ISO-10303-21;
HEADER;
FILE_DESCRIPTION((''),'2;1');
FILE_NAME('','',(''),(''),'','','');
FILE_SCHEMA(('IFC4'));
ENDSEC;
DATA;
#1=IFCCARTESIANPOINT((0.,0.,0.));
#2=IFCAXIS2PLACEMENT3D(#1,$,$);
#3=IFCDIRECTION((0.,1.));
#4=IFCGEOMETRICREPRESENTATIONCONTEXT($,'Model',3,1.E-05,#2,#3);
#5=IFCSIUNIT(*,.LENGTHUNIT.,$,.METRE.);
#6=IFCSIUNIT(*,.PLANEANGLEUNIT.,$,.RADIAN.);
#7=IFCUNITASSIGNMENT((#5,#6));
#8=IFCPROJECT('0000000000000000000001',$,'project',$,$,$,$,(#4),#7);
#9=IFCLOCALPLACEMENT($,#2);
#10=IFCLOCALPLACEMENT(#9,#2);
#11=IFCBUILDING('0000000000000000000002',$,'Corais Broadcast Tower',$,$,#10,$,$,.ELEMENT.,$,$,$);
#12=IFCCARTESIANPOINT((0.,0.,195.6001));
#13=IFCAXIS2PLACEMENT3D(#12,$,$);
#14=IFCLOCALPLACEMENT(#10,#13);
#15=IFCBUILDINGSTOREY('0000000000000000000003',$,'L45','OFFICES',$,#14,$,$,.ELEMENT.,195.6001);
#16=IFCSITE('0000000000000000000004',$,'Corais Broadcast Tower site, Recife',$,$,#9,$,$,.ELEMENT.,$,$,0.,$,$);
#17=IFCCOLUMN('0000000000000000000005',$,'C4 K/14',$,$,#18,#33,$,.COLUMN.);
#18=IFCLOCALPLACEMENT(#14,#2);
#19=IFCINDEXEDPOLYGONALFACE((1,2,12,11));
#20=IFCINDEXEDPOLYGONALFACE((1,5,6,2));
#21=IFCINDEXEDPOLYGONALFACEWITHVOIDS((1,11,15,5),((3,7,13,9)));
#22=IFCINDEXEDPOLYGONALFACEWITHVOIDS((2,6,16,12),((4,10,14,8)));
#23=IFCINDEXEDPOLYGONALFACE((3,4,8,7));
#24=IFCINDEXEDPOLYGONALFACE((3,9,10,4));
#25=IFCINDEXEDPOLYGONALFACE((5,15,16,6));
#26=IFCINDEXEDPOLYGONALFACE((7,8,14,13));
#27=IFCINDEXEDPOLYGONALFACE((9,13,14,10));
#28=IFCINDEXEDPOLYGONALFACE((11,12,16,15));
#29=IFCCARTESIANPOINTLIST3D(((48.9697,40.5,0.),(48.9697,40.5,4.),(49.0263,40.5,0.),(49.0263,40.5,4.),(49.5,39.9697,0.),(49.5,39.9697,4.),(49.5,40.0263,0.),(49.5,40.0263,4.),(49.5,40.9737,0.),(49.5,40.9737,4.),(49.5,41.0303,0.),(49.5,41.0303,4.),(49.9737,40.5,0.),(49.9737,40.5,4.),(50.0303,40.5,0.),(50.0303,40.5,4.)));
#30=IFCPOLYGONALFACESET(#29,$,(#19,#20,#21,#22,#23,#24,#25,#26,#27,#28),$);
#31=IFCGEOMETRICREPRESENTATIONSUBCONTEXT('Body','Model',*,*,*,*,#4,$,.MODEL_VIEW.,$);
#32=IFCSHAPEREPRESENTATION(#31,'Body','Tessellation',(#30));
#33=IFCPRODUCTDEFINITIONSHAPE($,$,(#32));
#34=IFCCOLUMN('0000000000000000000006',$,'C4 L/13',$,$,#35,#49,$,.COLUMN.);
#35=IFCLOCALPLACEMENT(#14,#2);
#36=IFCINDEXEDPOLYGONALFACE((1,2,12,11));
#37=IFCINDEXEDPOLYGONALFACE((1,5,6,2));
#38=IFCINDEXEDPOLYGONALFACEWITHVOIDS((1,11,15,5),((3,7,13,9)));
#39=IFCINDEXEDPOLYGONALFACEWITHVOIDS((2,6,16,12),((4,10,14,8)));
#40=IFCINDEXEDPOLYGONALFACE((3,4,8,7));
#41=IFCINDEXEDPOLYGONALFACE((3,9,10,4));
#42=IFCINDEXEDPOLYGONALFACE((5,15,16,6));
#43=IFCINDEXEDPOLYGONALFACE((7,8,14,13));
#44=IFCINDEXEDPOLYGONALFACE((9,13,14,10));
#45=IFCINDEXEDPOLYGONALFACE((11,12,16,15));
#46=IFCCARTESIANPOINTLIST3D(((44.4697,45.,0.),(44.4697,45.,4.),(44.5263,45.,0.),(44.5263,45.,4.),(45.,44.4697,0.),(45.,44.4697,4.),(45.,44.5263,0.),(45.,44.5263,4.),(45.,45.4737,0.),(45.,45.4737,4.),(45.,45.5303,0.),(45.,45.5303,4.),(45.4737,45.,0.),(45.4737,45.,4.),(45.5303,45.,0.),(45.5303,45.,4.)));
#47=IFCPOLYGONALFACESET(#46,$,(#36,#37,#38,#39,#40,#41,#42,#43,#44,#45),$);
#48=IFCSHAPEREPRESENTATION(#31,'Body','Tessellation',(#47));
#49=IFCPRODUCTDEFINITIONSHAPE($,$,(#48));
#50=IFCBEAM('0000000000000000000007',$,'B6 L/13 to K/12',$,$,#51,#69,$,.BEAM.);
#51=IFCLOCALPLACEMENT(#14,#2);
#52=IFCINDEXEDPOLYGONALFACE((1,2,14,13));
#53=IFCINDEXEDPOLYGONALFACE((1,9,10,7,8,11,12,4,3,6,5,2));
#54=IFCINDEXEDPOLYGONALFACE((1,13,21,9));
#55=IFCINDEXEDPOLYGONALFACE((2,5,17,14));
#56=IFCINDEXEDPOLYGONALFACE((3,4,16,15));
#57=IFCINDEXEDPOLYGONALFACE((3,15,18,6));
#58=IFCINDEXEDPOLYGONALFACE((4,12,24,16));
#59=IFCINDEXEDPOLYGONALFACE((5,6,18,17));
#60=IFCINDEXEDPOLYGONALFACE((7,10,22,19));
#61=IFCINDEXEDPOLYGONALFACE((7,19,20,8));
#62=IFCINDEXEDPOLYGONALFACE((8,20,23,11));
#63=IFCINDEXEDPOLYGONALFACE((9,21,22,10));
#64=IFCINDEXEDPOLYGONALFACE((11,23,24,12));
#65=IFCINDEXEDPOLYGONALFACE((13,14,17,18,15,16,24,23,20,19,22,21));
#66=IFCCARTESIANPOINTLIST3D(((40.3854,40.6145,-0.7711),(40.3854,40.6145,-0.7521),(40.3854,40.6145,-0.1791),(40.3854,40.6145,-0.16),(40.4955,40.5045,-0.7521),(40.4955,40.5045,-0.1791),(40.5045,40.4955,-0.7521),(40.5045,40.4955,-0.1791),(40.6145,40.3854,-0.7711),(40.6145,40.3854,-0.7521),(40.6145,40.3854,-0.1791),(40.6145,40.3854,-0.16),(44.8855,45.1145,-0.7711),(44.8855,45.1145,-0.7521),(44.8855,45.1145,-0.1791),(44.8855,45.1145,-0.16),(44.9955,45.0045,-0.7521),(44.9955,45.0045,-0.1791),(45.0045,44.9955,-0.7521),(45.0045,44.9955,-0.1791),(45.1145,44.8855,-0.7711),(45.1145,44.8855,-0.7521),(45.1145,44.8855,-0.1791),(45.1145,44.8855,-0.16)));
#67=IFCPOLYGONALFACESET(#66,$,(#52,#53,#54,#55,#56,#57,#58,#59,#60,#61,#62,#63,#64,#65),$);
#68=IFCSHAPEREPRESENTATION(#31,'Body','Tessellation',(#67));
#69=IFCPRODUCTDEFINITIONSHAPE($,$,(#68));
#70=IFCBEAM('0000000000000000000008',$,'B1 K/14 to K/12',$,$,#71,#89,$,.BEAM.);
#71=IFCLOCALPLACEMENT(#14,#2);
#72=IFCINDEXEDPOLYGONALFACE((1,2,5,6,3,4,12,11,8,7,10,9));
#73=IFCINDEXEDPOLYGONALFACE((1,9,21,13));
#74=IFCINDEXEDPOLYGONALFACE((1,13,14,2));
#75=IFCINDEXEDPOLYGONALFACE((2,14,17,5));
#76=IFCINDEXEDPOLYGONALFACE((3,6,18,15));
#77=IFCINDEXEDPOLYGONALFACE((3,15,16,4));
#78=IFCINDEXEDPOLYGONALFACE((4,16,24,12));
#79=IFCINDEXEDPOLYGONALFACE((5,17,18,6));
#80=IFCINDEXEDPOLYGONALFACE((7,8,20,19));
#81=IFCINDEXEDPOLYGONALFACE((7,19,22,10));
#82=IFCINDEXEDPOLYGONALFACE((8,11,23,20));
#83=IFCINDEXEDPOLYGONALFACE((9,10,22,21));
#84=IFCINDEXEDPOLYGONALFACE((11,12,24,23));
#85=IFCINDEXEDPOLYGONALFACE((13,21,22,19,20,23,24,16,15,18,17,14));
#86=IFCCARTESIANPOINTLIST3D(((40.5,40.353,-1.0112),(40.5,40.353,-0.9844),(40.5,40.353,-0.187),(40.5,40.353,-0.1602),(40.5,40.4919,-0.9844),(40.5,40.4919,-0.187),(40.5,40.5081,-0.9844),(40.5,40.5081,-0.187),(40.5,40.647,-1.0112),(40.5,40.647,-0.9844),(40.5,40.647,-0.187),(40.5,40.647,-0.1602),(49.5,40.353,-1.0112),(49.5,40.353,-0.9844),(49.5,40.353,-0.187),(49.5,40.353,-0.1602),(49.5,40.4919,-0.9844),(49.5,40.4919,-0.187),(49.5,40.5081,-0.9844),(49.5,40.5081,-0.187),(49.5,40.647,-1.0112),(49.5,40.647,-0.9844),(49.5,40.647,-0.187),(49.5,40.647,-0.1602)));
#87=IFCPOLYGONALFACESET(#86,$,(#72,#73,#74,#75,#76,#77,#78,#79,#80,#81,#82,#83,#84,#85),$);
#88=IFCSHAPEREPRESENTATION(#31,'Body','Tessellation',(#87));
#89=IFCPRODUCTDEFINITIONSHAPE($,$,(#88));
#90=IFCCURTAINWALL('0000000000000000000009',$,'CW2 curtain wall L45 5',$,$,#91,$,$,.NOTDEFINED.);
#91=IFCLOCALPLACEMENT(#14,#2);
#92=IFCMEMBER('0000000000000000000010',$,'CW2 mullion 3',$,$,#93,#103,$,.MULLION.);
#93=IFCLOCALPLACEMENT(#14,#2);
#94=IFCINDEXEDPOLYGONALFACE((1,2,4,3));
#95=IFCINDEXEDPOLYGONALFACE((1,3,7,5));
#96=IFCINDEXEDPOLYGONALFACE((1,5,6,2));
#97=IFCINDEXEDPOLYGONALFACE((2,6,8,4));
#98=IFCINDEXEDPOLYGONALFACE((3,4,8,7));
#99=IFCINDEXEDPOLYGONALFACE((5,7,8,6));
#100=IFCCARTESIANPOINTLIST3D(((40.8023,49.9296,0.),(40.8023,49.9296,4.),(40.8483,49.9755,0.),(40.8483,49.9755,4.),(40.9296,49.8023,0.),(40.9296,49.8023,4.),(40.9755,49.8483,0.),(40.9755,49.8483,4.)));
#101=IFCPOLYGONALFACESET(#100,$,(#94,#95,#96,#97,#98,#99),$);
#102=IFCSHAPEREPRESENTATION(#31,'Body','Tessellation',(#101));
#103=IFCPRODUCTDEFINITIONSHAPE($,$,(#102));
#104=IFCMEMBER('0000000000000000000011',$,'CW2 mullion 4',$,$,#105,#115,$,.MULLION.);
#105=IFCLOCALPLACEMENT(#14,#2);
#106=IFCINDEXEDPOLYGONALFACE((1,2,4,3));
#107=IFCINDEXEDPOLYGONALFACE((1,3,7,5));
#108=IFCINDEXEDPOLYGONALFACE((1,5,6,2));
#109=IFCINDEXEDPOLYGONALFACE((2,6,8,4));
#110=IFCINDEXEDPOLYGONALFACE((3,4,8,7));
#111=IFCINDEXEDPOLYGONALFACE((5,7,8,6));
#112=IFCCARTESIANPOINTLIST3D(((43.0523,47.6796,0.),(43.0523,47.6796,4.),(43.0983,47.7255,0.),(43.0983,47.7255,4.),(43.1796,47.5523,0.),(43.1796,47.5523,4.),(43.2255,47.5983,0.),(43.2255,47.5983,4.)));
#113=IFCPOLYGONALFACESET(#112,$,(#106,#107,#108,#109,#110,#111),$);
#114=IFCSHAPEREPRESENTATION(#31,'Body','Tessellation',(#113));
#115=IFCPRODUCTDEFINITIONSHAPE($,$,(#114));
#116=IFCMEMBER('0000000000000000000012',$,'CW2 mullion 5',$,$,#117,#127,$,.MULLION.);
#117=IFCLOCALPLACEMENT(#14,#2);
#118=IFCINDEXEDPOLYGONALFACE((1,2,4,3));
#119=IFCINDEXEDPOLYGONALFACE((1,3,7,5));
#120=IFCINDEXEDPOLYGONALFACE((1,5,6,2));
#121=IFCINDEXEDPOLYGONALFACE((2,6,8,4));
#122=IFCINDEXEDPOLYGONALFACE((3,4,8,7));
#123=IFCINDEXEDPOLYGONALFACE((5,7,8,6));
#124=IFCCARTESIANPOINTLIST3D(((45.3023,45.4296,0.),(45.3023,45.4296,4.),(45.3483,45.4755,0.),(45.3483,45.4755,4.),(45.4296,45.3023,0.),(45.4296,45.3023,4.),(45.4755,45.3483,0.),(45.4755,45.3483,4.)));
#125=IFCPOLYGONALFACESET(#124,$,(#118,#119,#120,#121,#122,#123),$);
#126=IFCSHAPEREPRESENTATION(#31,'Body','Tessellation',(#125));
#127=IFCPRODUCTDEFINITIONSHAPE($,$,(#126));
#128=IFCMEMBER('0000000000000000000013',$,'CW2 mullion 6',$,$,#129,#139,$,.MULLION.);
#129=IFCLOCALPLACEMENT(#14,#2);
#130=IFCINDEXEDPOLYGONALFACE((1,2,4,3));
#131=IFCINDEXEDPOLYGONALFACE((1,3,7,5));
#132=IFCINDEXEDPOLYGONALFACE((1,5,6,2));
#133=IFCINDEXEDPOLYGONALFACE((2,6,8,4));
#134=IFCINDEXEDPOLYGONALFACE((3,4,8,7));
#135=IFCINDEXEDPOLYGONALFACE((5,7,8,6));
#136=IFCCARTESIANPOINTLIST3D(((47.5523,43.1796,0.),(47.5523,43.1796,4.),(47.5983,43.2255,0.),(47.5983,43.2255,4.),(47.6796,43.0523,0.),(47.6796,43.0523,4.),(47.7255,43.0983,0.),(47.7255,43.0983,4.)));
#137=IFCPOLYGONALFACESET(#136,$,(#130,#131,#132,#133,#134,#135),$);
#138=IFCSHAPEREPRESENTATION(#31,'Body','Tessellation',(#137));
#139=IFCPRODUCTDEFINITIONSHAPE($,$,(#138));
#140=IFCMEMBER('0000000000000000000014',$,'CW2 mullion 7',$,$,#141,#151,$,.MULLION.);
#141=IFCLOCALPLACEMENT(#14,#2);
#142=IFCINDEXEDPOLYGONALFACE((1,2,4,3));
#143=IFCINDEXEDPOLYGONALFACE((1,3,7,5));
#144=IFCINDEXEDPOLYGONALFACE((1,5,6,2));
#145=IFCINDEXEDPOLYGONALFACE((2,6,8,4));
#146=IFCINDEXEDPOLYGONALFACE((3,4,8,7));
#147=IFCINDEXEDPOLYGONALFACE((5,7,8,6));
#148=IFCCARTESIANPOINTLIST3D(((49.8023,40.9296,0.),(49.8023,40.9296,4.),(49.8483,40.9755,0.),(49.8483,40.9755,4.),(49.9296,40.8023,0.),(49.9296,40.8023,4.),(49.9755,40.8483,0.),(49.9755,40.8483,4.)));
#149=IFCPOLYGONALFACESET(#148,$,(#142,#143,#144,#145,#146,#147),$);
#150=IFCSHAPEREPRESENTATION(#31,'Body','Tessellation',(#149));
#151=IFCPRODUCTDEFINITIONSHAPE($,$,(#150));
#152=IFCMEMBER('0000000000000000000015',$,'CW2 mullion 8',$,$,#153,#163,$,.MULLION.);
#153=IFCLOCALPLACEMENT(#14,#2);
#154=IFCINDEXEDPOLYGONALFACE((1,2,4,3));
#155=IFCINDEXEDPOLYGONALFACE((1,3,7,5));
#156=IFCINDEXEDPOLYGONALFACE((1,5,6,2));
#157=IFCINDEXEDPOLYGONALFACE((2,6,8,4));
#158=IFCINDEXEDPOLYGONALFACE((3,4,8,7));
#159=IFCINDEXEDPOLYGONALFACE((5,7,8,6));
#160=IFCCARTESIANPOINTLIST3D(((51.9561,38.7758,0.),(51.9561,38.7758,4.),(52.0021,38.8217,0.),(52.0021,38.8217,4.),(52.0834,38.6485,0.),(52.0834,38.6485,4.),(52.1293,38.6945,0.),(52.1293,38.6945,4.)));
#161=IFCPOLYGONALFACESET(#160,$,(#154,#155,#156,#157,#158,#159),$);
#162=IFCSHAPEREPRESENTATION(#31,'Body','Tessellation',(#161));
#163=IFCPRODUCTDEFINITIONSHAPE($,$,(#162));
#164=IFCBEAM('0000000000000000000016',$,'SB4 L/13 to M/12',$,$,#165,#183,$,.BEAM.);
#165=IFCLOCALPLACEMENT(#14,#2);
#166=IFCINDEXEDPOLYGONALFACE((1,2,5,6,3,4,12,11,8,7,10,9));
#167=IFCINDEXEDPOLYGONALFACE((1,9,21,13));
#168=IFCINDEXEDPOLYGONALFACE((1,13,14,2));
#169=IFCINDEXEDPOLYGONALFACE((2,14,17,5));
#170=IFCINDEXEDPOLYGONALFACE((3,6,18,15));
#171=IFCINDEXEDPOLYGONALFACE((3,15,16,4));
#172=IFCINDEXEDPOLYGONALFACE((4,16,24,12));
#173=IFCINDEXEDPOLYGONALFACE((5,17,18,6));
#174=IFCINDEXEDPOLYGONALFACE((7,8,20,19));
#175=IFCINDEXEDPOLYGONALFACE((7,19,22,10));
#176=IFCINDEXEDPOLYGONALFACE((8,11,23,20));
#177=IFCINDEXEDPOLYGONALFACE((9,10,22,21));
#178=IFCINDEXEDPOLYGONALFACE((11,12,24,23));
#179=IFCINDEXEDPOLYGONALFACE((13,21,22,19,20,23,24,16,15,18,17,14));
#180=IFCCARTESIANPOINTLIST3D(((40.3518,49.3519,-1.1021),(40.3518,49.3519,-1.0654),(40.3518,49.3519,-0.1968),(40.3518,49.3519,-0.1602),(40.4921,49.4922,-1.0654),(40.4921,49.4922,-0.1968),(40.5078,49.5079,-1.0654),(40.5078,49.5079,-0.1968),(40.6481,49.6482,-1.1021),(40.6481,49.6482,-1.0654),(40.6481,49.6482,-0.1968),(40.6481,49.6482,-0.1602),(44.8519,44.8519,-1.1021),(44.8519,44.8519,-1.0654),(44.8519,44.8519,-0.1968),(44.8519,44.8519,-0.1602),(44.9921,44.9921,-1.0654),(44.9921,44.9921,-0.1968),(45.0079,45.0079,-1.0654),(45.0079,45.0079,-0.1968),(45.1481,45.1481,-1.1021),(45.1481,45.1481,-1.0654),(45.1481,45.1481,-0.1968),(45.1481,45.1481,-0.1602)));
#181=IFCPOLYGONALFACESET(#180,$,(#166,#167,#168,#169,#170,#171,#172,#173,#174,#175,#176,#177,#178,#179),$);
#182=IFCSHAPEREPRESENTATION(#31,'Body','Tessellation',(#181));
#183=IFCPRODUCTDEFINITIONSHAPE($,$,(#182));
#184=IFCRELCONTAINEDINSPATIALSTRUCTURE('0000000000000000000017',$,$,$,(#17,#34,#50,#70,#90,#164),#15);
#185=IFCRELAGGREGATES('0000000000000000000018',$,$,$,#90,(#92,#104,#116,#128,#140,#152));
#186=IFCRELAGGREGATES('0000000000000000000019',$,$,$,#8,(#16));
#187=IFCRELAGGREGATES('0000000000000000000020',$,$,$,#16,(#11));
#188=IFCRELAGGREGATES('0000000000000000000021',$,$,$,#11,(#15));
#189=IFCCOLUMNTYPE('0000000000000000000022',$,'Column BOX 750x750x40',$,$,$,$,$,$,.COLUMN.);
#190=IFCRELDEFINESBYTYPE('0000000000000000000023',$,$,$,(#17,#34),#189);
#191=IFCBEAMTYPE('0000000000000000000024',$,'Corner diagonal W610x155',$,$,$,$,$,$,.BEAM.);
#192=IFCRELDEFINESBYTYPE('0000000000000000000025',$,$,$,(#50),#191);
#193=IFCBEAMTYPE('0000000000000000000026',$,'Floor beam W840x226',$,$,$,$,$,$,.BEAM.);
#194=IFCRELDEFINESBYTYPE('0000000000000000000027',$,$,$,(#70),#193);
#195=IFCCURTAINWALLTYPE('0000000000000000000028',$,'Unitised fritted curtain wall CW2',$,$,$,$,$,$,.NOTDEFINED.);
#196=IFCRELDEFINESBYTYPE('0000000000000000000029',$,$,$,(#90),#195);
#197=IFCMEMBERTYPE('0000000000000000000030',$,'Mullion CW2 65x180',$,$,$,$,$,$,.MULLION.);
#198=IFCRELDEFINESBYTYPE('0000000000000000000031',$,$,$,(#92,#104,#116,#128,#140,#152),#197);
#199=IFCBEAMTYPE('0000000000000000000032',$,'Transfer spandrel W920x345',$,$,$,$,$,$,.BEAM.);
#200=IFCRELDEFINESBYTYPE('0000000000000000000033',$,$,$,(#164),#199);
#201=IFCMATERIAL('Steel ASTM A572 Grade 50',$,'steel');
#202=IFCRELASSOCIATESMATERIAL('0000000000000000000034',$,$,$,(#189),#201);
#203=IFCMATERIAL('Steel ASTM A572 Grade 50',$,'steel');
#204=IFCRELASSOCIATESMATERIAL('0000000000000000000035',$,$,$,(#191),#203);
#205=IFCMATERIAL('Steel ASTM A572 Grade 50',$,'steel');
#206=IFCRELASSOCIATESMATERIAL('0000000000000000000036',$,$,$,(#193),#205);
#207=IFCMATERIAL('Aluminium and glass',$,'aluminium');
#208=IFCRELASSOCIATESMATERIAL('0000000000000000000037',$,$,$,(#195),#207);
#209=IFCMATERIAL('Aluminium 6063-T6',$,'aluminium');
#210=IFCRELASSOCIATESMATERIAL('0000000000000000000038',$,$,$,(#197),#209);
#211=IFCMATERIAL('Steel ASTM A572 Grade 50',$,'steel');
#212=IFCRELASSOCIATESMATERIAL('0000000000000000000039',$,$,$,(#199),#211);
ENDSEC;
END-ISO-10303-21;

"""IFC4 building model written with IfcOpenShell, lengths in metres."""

from ifc_helpers import new_model, si_unit, direction, frame, origin, origin_2d, place, context, subcontext, project, spatial, rectangle, hollow_rectangle, i_section, extrude, material, material_profile, profile_set, type_object, element, aggregate, save


model = new_model("IFC4")

# Units and contexts
model_context = context("Model", 3, precision=1e-05, world=origin(), true_north=direction((0.0, 1.0)))
body_context = subcontext(model_context, "Body", "Model", "MODEL_VIEW")
ifc_project = project(units=[si_unit("LENGTHUNIT", "METRE"), si_unit("PLANEANGLEUNIT", "RADIAN")], contexts=[model_context])

# Site, building, storey
site_placement = place(None, origin())
site = spatial("IfcSite", under=ifc_project, at=site_placement, Name="Corais Broadcast Tower site, Recife", CompositionType="ELEMENT", RefElevation=0.0)
building_placement = place(site_placement, origin())
building = spatial("IfcBuilding", under=site, at=building_placement, Name="Corais Broadcast Tower", CompositionType="ELEMENT")
storey_placement = place(building_placement, frame((0.0, 0.0, 195.6001)))
storey = spatial("IfcBuildingStorey", under=building, at=storey_placement, Name="L45", Description="OFFICES", CompositionType="ELEMENT", Elevation=195.6001)

# Columns
ifc_material_1 = material(Name="Steel ASTM A572 Grade 50", Category="steel")
ifc_material_profile_1 = material_profile(ifc_material_1, hollow_rectangle(XDim=0.75, YDim=0.75, WallThickness=0.04, at=origin_2d()), Name="BOX 750x750x40")
ifc_profile_set_1 = profile_set([ifc_material_profile_1], Name="Steel ASTM A572 Grade 50")
column_type = type_object("IfcColumnType", Name="Column BOX 750x750x40", PredefinedType="COLUMN", material=ifc_profile_set_1)
for number, where, z_axis, x_axis, name in (
    (1, (49.5, 40.5, 0.0), (0.0, 0.0, 1.0), (0.707107, 0.707107, 0.0), "C4 K/14"),
    (2, (45.0, 45.0, 0.0), (0.0, 0.0, 1.0), (0.707107, 0.707107, 0.0), "C4 L/13"),
):
    element("IfcColumn", number, at=place(storey_placement, frame(where, z_axis=z_axis, x_axis=x_axis)), inside=storey, type_object=column_type, Name=name, PredefinedType="COLUMN", context=body_context, shape_type="SweptSolid", body=[
        extrude(hollow_rectangle(XDim=0.75, YDim=0.75, WallThickness=0.04, at=origin_2d()), origin(), (0.0, 0.0, 1.0), 4.0),
    ])

# Beams
ifc_material_2 = material(Name="Steel ASTM A572 Grade 50", Category="steel")
ifc_material_profile_2 = material_profile(ifc_material_2, i_section(OverallWidth=0.324, OverallDepth=0.6111, WebThickness=0.0127, FlangeThickness=0.019, at=origin_2d()), Name="W610x155")
ifc_profile_set_2 = profile_set([ifc_material_profile_2], Name="Steel ASTM A572 Grade 50")
beam_type_1 = type_object("IfcBeamType", Name="Corner diagonal W610x155", PredefinedType="BEAM", material=ifc_profile_set_2)
beam_1_placement = place(storey_placement, frame((45.0, 45.0, -0.4656), z_axis=(-0.707107, -0.707107, 0.0), x_axis=(0.707107, -0.707107, 0.0)))
element("IfcBeam", 3, at=beam_1_placement, inside=storey, type_object=beam_type_1, Name="B6 L/13 to K/12", PredefinedType="BEAM", context=body_context, shape_type="SweptSolid", body=[
    extrude(i_section(OverallWidth=0.324, OverallDepth=0.6111, WebThickness=0.0127, FlangeThickness=0.019, at=origin_2d()), origin(), (0.0, 0.0, 1.0), 6.364),
])
ifc_material_3 = material(Name="Steel ASTM A572 Grade 50", Category="steel")
ifc_material_profile_3 = material_profile(ifc_material_3, i_section(OverallWidth=0.2939, OverallDepth=0.8511, WebThickness=0.0161, FlangeThickness=0.0269, at=origin_2d()), Name="W840x226")
ifc_profile_set_3 = profile_set([ifc_material_profile_3], Name="Steel ASTM A572 Grade 50")
beam_type_2 = type_object("IfcBeamType", Name="Floor beam W840x226", PredefinedType="BEAM", material=ifc_profile_set_3)
beam_2_placement = place(storey_placement, frame((49.5, 40.5, -0.5857), z_axis=(-1.0, 0.0, 0.0), x_axis=(0.0, -1.0, 0.0)))
element("IfcBeam", 4, at=beam_2_placement, inside=storey, type_object=beam_type_2, Name="B1 K/14 to K/12", PredefinedType="BEAM", context=body_context, shape_type="SweptSolid", body=[
    extrude(i_section(OverallWidth=0.2939, OverallDepth=0.8511, WebThickness=0.0161, FlangeThickness=0.0269, at=origin_2d()), origin(), (0.0, 0.0, 1.0), 9.0),
])

# Curtain wall, members
ifc_material_4 = material(Name="Aluminium and glass", Category="aluminium")
curtain_wall_type = type_object("IfcCurtainWallType", Name="Unitised fritted curtain wall CW2", PredefinedType="NOTDEFINED", material=ifc_material_4)
curtain_wall_placement = place(storey_placement, origin())
curtain_wall = element("IfcCurtainWall", 5, at=curtain_wall_placement, inside=storey, type_object=curtain_wall_type, Name="CW2 curtain wall L45 5", PredefinedType="NOTDEFINED")
ifc_material_5 = material(Name="Aluminium 6063-T6", Category="aluminium")
ifc_material_profile_4 = material_profile(ifc_material_5, rectangle(XDim=0.0649, YDim=0.1799, at=origin_2d()), Name="Mullion CW2 65x180")
ifc_profile_set_4 = profile_set([ifc_material_profile_4], Name="Aluminium 6063-T6")
member_type_1 = type_object("IfcMemberType", Name="Mullion CW2 65x180", PredefinedType="MULLION", material=ifc_profile_set_4)
member_1_placement = place(storey_placement, frame((40.8889, 49.8889, 0.0), z_axis=(0.0, 0.0, 1.0), x_axis=(0.707107, 0.707107, 0.0)))
member_1 = element("IfcMember", 6, at=member_1_placement, type_object=member_type_1, Name="CW2 mullion 3", PredefinedType="MULLION", context=body_context, shape_type="SweptSolid", body=[
    extrude(rectangle(XDim=0.0649, YDim=0.1799, at=origin_2d()), origin(), (0.0, 0.0, 1.0), 4.0),
])
member_2_placement = place(storey_placement, frame((43.1389, 47.6389, 0.0), z_axis=(0.0, 0.0, 1.0), x_axis=(0.707107, 0.707107, 0.0)))
member_2 = element("IfcMember", 7, at=member_2_placement, type_object=member_type_1, Name="CW2 mullion 4", PredefinedType="MULLION", context=body_context, shape_type="SweptSolid", body=[
    extrude(rectangle(XDim=0.0649, YDim=0.1799, at=origin_2d()), origin(), (0.0, 0.0, 1.0), 4.0),
])
member_3_placement = place(storey_placement, frame((45.3889, 45.3889, 0.0), z_axis=(0.0, 0.0, 1.0), x_axis=(0.707107, 0.707107, 0.0)))
member_3 = element("IfcMember", 8, at=member_3_placement, type_object=member_type_1, Name="CW2 mullion 5", PredefinedType="MULLION", context=body_context, shape_type="SweptSolid", body=[
    extrude(rectangle(XDim=0.0649, YDim=0.1799, at=origin_2d()), origin(), (0.0, 0.0, 1.0), 4.0),
])
member_4_placement = place(storey_placement, frame((47.6389, 43.1389, 0.0), z_axis=(0.0, 0.0, 1.0), x_axis=(0.707107, 0.707107, 0.0)))
member_4 = element("IfcMember", 9, at=member_4_placement, type_object=member_type_1, Name="CW2 mullion 6", PredefinedType="MULLION", context=body_context, shape_type="SweptSolid", body=[
    extrude(rectangle(XDim=0.0649, YDim=0.1799, at=origin_2d()), origin(), (0.0, 0.0, 1.0), 4.0),
])
member_5_placement = place(storey_placement, frame((49.8889, 40.8889, 0.0), z_axis=(0.0, 0.0, 1.0), x_axis=(0.707107, 0.707107, 0.0)))
member_5 = element("IfcMember", 10, at=member_5_placement, type_object=member_type_1, Name="CW2 mullion 7", PredefinedType="MULLION", context=body_context, shape_type="SweptSolid", body=[
    extrude(rectangle(XDim=0.0649, YDim=0.1799, at=origin_2d()), origin(), (0.0, 0.0, 1.0), 4.0),
])
member_6_placement = place(storey_placement, frame((52.0427, 38.7351, 0.0), z_axis=(0.0, 0.0, 1.0), x_axis=(0.707107, 0.707107, 0.0)))
member_6 = element("IfcMember", 11, at=member_6_placement, type_object=member_type_1, Name="CW2 mullion 8", PredefinedType="MULLION", context=body_context, shape_type="SweptSolid", body=[
    extrude(rectangle(XDim=0.0649, YDim=0.1799, at=origin_2d()), origin(), (0.0, 0.0, 1.0), 4.0),
])

# Beam
ifc_material_6 = material(Name="Steel ASTM A572 Grade 50", Category="steel")
ifc_material_profile_5 = material_profile(ifc_material_6, i_section(OverallWidth=0.4189, OverallDepth=0.9419, WebThickness=0.0222, FlangeThickness=0.0366, at=origin_2d()), Name="W920x345")
ifc_profile_set_5 = profile_set([ifc_material_profile_5], Name="Steel ASTM A572 Grade 50")
beam_type_3 = type_object("IfcBeamType", Name="Transfer spandrel W920x345", PredefinedType="BEAM", material=ifc_profile_set_5)
for number, where, z_axis, x_axis, name in (
    (12, (45.0, 45.0, -0.6311), (-0.707107, 0.707107, 0.0), (-0.707107, -0.707107, 0.0), "SB4 L/13 to M/12"),
):
    element("IfcBeam", number, at=place(storey_placement, frame(where, z_axis=z_axis, x_axis=x_axis)), inside=storey, type_object=beam_type_3, Name=name, PredefinedType="BEAM", context=body_context, shape_type="SweptSolid", body=[
        extrude(i_section(OverallWidth=0.4189, OverallDepth=0.9419, WebThickness=0.0222, FlangeThickness=0.0366, at=origin_2d()), origin(), (0.0, 0.0, 1.0), 6.364),
    ])

aggregate(curtain_wall, [member_1, member_2, member_3, member_4, member_5, member_6])

save(model, "model.ifc")
